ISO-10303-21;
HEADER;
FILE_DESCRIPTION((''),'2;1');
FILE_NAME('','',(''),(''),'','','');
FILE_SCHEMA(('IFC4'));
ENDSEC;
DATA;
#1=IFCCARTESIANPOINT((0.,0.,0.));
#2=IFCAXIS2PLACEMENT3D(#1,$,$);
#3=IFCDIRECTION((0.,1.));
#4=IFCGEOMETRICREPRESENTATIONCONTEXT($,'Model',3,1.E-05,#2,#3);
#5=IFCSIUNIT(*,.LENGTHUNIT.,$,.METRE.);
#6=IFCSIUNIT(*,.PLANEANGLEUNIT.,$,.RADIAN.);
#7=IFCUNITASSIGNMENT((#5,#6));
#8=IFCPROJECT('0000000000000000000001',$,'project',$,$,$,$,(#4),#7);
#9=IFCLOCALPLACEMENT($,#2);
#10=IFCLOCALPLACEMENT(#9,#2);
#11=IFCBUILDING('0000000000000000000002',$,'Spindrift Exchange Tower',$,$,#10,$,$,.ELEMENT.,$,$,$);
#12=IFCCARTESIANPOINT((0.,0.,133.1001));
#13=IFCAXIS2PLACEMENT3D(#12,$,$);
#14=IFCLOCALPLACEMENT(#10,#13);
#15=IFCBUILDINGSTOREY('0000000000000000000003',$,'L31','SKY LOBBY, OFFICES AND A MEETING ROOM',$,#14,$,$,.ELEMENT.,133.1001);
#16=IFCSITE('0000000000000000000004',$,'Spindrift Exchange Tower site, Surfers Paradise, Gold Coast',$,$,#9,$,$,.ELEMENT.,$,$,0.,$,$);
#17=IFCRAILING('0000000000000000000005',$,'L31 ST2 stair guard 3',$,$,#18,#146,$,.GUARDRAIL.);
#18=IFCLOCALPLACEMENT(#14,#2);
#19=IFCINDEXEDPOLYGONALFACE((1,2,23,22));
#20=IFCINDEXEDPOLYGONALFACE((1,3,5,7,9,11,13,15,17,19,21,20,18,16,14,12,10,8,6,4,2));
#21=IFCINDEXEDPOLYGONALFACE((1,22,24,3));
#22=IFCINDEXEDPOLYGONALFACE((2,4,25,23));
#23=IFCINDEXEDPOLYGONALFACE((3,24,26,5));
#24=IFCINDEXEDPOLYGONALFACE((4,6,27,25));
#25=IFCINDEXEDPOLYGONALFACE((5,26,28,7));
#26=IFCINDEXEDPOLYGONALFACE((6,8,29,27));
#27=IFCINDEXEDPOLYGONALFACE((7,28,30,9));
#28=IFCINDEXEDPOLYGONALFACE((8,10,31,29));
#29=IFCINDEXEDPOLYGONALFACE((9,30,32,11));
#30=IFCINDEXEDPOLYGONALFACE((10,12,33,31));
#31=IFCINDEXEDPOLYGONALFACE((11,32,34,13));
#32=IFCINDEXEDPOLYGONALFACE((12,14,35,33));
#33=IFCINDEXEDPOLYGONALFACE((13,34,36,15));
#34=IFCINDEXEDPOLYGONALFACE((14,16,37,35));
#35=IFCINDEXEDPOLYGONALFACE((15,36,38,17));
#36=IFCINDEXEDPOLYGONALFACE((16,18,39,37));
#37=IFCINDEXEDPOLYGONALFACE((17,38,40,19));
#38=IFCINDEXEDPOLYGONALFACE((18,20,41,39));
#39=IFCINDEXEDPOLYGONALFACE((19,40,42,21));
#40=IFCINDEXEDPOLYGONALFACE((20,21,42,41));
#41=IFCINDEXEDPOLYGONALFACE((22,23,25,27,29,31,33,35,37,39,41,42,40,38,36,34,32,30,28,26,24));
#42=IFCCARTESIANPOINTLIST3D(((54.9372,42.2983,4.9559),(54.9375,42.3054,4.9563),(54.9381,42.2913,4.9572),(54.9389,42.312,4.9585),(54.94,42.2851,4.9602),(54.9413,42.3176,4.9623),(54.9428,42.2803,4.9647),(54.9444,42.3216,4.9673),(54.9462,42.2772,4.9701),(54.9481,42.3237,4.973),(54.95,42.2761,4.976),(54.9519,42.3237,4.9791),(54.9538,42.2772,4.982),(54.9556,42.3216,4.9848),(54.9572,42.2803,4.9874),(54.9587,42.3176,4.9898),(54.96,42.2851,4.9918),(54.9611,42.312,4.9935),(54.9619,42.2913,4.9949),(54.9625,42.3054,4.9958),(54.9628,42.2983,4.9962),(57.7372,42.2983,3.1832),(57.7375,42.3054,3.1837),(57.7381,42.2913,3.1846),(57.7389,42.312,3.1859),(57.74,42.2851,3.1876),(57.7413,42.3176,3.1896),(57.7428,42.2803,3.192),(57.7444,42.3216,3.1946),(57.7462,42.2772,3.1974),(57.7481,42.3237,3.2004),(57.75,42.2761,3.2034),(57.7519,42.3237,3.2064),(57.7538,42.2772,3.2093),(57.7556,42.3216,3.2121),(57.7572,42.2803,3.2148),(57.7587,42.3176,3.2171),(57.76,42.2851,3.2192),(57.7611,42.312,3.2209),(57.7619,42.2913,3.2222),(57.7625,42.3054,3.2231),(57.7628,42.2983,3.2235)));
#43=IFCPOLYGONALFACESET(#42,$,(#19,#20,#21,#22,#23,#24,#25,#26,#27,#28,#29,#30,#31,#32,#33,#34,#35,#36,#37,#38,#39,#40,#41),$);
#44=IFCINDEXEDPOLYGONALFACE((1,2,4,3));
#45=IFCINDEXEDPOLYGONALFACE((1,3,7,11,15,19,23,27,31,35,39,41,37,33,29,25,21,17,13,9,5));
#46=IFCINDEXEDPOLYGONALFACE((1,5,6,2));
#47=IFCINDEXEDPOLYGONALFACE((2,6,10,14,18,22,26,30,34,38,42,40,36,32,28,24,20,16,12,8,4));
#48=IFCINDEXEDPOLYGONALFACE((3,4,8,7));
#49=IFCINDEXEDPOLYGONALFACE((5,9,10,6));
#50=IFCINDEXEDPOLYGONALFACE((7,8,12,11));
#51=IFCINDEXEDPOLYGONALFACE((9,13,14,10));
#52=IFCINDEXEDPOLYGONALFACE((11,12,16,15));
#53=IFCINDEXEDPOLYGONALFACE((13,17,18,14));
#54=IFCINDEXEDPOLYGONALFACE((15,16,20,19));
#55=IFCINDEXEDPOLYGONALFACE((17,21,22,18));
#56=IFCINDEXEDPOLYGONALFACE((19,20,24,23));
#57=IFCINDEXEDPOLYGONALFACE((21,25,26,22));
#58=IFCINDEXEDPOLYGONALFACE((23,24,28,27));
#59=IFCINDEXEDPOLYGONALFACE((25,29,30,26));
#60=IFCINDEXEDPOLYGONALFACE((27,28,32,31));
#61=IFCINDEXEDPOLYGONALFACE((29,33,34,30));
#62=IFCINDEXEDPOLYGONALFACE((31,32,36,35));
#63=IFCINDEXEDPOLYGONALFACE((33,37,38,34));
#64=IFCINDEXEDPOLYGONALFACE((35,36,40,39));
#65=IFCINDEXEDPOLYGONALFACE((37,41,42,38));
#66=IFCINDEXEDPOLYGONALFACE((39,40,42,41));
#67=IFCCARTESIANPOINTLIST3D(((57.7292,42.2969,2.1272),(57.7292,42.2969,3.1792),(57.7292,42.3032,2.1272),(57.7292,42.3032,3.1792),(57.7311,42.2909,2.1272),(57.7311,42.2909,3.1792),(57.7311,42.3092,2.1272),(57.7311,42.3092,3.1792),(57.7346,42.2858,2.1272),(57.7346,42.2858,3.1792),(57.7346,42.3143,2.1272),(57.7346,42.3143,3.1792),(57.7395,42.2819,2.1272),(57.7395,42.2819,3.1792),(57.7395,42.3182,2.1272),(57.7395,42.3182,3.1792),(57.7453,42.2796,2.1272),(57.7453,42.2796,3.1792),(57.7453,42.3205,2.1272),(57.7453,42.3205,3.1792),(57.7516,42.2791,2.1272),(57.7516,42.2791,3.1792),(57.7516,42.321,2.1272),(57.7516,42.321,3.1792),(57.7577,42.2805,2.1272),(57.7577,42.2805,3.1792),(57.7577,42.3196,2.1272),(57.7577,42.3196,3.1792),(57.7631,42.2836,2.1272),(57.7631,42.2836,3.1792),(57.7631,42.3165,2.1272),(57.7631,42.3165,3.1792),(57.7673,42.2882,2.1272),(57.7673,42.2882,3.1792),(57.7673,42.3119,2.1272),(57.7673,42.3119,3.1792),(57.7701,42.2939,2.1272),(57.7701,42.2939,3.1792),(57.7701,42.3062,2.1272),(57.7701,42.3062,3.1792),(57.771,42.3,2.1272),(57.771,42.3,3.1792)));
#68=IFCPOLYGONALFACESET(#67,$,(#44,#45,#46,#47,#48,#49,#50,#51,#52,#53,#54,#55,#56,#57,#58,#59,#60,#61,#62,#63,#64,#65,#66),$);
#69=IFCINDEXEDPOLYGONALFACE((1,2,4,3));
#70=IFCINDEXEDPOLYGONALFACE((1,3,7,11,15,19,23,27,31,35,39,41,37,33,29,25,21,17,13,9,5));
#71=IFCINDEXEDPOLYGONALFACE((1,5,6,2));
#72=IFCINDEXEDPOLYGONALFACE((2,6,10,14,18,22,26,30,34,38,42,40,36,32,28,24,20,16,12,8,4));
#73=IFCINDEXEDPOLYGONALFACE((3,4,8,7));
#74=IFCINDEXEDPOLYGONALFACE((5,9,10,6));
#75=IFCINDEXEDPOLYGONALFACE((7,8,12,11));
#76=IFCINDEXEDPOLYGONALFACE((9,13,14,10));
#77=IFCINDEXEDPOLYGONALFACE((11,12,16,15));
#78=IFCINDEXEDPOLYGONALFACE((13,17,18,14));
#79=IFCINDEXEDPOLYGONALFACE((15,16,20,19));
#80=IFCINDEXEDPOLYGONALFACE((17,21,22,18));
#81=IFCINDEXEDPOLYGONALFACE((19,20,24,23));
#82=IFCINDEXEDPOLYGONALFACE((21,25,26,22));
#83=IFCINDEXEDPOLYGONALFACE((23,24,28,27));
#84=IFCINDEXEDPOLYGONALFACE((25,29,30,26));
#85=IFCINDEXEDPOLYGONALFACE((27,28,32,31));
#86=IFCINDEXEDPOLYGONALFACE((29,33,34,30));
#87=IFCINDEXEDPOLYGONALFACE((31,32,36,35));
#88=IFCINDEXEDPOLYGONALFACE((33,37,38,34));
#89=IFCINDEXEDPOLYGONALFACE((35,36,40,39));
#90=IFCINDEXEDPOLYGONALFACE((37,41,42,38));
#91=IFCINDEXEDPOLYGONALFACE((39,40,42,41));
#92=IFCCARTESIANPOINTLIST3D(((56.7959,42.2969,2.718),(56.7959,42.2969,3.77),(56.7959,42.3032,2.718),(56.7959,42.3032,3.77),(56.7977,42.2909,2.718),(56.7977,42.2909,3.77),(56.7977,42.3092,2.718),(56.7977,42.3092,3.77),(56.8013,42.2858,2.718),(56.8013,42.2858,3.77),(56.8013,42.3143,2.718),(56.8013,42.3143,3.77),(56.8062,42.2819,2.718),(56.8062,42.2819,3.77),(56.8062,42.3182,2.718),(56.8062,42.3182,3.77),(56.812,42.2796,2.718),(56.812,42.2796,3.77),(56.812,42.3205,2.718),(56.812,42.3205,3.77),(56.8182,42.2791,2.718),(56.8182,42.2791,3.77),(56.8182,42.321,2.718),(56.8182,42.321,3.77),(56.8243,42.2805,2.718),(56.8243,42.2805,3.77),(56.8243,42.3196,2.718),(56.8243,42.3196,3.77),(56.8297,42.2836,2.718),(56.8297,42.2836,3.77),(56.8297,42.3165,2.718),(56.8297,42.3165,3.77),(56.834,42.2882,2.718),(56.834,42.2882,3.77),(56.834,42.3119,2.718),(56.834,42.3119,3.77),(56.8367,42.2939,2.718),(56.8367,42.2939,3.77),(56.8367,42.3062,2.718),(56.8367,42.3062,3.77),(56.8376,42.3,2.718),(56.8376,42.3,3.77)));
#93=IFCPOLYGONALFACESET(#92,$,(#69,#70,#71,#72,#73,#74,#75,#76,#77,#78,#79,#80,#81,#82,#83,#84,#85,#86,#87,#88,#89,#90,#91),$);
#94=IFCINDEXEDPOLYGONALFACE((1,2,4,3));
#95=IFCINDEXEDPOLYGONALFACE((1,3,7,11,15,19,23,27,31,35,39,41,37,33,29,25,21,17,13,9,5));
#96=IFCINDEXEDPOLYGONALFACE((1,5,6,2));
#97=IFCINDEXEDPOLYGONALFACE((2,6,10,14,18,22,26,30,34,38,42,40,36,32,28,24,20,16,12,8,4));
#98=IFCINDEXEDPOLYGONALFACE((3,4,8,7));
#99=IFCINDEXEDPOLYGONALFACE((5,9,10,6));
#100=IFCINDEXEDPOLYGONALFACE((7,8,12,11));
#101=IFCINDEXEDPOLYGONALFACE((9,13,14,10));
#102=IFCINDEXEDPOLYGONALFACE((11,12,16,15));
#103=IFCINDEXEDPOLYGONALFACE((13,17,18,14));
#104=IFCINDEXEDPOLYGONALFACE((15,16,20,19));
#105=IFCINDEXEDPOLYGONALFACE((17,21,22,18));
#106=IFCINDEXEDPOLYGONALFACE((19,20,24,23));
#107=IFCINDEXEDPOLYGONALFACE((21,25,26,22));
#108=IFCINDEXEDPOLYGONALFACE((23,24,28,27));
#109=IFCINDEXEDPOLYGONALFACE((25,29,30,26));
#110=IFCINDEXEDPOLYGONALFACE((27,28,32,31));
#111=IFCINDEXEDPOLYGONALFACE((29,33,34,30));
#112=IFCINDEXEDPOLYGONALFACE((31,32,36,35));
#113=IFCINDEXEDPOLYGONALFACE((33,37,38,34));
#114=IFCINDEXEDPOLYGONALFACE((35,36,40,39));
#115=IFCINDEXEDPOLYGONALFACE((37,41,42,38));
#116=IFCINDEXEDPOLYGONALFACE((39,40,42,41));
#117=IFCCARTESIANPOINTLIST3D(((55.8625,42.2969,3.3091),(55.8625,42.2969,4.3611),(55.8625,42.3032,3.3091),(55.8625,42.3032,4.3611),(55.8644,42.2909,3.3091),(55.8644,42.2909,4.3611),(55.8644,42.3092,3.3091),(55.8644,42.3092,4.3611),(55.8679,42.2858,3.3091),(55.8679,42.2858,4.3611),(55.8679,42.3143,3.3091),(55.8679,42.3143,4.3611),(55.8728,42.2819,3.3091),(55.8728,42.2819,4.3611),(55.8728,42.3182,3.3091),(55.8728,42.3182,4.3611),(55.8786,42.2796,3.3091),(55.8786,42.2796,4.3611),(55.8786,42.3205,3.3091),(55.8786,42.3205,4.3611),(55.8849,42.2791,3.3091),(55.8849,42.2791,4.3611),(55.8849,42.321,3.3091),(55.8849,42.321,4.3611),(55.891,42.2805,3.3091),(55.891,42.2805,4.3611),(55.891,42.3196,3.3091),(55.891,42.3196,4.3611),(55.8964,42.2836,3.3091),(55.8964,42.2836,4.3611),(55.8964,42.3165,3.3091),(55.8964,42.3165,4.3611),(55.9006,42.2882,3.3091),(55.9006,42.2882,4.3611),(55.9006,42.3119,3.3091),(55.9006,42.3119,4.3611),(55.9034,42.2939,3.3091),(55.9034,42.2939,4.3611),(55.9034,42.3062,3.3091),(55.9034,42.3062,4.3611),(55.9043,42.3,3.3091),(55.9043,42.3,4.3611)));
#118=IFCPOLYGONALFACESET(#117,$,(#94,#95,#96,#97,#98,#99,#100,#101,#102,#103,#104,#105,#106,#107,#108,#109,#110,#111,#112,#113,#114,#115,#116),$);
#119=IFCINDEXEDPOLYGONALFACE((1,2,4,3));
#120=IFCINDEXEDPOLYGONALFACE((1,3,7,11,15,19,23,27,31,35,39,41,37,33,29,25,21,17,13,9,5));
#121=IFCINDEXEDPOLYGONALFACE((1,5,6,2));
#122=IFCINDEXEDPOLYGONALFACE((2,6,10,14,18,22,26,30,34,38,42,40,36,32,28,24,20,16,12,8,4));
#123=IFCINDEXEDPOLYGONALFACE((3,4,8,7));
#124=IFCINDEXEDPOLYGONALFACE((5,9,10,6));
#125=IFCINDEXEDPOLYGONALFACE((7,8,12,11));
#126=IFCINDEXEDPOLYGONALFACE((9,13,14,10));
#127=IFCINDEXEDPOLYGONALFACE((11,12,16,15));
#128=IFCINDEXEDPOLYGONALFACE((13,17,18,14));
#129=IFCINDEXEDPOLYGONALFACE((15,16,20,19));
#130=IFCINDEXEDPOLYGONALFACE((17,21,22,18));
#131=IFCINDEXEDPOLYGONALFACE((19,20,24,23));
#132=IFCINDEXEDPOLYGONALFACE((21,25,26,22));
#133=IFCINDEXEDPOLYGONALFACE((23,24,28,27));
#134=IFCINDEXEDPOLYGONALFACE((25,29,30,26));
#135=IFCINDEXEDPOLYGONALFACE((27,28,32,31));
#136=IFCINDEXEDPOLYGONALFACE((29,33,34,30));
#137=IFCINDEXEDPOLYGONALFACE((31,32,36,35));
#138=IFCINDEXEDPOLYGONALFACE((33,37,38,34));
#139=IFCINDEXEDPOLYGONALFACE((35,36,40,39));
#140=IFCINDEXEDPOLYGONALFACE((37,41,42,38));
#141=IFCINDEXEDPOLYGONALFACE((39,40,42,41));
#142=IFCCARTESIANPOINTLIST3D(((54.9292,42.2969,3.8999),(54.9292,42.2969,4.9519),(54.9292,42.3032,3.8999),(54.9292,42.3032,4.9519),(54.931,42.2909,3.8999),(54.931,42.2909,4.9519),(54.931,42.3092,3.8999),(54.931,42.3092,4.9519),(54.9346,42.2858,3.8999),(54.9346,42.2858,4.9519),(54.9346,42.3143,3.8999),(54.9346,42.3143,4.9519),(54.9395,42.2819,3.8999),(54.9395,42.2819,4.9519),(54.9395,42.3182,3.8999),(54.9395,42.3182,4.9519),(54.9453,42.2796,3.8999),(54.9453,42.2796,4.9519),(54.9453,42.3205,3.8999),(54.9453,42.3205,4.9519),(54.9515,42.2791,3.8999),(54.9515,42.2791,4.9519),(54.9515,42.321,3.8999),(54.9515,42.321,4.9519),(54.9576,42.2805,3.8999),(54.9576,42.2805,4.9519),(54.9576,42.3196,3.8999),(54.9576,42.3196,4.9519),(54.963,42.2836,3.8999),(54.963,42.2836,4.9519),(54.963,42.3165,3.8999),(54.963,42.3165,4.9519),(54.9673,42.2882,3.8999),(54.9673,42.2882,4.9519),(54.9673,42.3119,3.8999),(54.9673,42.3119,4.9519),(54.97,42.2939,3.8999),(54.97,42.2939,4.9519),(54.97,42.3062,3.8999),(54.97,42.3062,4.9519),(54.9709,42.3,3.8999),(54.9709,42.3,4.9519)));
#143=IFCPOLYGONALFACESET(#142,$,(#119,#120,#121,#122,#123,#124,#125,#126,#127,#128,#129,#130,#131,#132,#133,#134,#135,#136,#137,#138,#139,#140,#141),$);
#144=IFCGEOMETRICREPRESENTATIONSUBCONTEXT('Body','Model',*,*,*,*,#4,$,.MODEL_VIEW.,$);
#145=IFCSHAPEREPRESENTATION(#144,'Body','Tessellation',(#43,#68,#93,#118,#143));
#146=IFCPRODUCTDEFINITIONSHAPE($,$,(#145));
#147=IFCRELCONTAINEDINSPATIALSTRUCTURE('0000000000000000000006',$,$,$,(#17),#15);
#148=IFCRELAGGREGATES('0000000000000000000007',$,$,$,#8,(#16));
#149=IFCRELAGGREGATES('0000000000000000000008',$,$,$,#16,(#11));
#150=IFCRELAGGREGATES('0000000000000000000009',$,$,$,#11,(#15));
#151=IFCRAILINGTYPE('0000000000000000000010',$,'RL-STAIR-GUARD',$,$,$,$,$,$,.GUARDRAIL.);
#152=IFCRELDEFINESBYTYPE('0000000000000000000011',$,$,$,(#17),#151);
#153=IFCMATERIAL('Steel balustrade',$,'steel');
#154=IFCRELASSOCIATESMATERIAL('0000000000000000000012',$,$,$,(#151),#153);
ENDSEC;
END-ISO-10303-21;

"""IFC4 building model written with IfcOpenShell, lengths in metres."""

from ifc_helpers import new_model, si_unit, direction, frame, origin, origin_2d, place, context, subcontext, project, spatial, circle, extrude, material, type_object, element, save


model = new_model("IFC4")

# Units and contexts
model_context = context("Model", 3, precision=1e-05, world=origin(), true_north=direction((0.0, 1.0)))
body_context = subcontext(model_context, "Body", "Model", "MODEL_VIEW")
ifc_project = project(units=[si_unit("LENGTHUNIT", "METRE"), si_unit("PLANEANGLEUNIT", "RADIAN")], contexts=[model_context])

# Site, building, storey
site_placement = place(None, origin())
site = spatial("IfcSite", under=ifc_project, at=site_placement, Name="Spindrift Exchange Tower site, Surfers Paradise, Gold Coast", CompositionType="ELEMENT", RefElevation=0.0)
building_placement = place(site_placement, origin())
building = spatial("IfcBuilding", under=site, at=building_placement, Name="Spindrift Exchange Tower", CompositionType="ELEMENT")
storey_placement = place(building_placement, frame((0.0, 0.0, 133.1001)))
storey = spatial("IfcBuildingStorey", under=building, at=storey_placement, Name="L31", Description="SKY LOBBY, OFFICES AND A MEETING ROOM", CompositionType="ELEMENT", Elevation=133.1001)

# Railing
ifc_material_1 = material(Name="Steel balustrade", Category="steel")
railing_type_1 = type_object("IfcRailingType", Name="RL-STAIR-GUARD", PredefinedType="GUARDRAIL", material=ifc_material_1)
railing_1_placement = place(storey_placement, frame((57.75, 42.3, 2.1272)))
element("IfcRailing", 1, at=railing_1_placement, inside=storey, type_object=railing_type_1, Name="L31 ST2 stair guard 3", PredefinedType="GUARDRAIL", context=body_context, shape_type="SweptSolid", body=[
    extrude(circle(Radius=0.0239, at=origin_2d()), frame((0.0, 0.0, 1.0762), z_axis=(-0.844909, 0.0, 0.53491), x_axis=(0.0, -1.0, 0.0)), (0.0, 0.0, 1.0), 3.314),
    extrude(circle(Radius=0.021, at=origin_2d()), origin(), (0.0, 0.0, 1.0), 1.052),
    extrude(circle(Radius=0.021, at=origin_2d()), frame((-0.9333, 0.0, 0.5908)), (0.0, 0.0, 1.0), 1.052),
    extrude(circle(Radius=0.021, at=origin_2d()), frame((-1.8667, 0.0, 1.1819)), (0.0, 0.0, 1.0), 1.052),
    extrude(circle(Radius=0.021, at=origin_2d()), frame((-2.8, 0.0, 1.7727)), (0.0, 0.0, 1.0), 1.052),
])

save(model, "model.ifc")
